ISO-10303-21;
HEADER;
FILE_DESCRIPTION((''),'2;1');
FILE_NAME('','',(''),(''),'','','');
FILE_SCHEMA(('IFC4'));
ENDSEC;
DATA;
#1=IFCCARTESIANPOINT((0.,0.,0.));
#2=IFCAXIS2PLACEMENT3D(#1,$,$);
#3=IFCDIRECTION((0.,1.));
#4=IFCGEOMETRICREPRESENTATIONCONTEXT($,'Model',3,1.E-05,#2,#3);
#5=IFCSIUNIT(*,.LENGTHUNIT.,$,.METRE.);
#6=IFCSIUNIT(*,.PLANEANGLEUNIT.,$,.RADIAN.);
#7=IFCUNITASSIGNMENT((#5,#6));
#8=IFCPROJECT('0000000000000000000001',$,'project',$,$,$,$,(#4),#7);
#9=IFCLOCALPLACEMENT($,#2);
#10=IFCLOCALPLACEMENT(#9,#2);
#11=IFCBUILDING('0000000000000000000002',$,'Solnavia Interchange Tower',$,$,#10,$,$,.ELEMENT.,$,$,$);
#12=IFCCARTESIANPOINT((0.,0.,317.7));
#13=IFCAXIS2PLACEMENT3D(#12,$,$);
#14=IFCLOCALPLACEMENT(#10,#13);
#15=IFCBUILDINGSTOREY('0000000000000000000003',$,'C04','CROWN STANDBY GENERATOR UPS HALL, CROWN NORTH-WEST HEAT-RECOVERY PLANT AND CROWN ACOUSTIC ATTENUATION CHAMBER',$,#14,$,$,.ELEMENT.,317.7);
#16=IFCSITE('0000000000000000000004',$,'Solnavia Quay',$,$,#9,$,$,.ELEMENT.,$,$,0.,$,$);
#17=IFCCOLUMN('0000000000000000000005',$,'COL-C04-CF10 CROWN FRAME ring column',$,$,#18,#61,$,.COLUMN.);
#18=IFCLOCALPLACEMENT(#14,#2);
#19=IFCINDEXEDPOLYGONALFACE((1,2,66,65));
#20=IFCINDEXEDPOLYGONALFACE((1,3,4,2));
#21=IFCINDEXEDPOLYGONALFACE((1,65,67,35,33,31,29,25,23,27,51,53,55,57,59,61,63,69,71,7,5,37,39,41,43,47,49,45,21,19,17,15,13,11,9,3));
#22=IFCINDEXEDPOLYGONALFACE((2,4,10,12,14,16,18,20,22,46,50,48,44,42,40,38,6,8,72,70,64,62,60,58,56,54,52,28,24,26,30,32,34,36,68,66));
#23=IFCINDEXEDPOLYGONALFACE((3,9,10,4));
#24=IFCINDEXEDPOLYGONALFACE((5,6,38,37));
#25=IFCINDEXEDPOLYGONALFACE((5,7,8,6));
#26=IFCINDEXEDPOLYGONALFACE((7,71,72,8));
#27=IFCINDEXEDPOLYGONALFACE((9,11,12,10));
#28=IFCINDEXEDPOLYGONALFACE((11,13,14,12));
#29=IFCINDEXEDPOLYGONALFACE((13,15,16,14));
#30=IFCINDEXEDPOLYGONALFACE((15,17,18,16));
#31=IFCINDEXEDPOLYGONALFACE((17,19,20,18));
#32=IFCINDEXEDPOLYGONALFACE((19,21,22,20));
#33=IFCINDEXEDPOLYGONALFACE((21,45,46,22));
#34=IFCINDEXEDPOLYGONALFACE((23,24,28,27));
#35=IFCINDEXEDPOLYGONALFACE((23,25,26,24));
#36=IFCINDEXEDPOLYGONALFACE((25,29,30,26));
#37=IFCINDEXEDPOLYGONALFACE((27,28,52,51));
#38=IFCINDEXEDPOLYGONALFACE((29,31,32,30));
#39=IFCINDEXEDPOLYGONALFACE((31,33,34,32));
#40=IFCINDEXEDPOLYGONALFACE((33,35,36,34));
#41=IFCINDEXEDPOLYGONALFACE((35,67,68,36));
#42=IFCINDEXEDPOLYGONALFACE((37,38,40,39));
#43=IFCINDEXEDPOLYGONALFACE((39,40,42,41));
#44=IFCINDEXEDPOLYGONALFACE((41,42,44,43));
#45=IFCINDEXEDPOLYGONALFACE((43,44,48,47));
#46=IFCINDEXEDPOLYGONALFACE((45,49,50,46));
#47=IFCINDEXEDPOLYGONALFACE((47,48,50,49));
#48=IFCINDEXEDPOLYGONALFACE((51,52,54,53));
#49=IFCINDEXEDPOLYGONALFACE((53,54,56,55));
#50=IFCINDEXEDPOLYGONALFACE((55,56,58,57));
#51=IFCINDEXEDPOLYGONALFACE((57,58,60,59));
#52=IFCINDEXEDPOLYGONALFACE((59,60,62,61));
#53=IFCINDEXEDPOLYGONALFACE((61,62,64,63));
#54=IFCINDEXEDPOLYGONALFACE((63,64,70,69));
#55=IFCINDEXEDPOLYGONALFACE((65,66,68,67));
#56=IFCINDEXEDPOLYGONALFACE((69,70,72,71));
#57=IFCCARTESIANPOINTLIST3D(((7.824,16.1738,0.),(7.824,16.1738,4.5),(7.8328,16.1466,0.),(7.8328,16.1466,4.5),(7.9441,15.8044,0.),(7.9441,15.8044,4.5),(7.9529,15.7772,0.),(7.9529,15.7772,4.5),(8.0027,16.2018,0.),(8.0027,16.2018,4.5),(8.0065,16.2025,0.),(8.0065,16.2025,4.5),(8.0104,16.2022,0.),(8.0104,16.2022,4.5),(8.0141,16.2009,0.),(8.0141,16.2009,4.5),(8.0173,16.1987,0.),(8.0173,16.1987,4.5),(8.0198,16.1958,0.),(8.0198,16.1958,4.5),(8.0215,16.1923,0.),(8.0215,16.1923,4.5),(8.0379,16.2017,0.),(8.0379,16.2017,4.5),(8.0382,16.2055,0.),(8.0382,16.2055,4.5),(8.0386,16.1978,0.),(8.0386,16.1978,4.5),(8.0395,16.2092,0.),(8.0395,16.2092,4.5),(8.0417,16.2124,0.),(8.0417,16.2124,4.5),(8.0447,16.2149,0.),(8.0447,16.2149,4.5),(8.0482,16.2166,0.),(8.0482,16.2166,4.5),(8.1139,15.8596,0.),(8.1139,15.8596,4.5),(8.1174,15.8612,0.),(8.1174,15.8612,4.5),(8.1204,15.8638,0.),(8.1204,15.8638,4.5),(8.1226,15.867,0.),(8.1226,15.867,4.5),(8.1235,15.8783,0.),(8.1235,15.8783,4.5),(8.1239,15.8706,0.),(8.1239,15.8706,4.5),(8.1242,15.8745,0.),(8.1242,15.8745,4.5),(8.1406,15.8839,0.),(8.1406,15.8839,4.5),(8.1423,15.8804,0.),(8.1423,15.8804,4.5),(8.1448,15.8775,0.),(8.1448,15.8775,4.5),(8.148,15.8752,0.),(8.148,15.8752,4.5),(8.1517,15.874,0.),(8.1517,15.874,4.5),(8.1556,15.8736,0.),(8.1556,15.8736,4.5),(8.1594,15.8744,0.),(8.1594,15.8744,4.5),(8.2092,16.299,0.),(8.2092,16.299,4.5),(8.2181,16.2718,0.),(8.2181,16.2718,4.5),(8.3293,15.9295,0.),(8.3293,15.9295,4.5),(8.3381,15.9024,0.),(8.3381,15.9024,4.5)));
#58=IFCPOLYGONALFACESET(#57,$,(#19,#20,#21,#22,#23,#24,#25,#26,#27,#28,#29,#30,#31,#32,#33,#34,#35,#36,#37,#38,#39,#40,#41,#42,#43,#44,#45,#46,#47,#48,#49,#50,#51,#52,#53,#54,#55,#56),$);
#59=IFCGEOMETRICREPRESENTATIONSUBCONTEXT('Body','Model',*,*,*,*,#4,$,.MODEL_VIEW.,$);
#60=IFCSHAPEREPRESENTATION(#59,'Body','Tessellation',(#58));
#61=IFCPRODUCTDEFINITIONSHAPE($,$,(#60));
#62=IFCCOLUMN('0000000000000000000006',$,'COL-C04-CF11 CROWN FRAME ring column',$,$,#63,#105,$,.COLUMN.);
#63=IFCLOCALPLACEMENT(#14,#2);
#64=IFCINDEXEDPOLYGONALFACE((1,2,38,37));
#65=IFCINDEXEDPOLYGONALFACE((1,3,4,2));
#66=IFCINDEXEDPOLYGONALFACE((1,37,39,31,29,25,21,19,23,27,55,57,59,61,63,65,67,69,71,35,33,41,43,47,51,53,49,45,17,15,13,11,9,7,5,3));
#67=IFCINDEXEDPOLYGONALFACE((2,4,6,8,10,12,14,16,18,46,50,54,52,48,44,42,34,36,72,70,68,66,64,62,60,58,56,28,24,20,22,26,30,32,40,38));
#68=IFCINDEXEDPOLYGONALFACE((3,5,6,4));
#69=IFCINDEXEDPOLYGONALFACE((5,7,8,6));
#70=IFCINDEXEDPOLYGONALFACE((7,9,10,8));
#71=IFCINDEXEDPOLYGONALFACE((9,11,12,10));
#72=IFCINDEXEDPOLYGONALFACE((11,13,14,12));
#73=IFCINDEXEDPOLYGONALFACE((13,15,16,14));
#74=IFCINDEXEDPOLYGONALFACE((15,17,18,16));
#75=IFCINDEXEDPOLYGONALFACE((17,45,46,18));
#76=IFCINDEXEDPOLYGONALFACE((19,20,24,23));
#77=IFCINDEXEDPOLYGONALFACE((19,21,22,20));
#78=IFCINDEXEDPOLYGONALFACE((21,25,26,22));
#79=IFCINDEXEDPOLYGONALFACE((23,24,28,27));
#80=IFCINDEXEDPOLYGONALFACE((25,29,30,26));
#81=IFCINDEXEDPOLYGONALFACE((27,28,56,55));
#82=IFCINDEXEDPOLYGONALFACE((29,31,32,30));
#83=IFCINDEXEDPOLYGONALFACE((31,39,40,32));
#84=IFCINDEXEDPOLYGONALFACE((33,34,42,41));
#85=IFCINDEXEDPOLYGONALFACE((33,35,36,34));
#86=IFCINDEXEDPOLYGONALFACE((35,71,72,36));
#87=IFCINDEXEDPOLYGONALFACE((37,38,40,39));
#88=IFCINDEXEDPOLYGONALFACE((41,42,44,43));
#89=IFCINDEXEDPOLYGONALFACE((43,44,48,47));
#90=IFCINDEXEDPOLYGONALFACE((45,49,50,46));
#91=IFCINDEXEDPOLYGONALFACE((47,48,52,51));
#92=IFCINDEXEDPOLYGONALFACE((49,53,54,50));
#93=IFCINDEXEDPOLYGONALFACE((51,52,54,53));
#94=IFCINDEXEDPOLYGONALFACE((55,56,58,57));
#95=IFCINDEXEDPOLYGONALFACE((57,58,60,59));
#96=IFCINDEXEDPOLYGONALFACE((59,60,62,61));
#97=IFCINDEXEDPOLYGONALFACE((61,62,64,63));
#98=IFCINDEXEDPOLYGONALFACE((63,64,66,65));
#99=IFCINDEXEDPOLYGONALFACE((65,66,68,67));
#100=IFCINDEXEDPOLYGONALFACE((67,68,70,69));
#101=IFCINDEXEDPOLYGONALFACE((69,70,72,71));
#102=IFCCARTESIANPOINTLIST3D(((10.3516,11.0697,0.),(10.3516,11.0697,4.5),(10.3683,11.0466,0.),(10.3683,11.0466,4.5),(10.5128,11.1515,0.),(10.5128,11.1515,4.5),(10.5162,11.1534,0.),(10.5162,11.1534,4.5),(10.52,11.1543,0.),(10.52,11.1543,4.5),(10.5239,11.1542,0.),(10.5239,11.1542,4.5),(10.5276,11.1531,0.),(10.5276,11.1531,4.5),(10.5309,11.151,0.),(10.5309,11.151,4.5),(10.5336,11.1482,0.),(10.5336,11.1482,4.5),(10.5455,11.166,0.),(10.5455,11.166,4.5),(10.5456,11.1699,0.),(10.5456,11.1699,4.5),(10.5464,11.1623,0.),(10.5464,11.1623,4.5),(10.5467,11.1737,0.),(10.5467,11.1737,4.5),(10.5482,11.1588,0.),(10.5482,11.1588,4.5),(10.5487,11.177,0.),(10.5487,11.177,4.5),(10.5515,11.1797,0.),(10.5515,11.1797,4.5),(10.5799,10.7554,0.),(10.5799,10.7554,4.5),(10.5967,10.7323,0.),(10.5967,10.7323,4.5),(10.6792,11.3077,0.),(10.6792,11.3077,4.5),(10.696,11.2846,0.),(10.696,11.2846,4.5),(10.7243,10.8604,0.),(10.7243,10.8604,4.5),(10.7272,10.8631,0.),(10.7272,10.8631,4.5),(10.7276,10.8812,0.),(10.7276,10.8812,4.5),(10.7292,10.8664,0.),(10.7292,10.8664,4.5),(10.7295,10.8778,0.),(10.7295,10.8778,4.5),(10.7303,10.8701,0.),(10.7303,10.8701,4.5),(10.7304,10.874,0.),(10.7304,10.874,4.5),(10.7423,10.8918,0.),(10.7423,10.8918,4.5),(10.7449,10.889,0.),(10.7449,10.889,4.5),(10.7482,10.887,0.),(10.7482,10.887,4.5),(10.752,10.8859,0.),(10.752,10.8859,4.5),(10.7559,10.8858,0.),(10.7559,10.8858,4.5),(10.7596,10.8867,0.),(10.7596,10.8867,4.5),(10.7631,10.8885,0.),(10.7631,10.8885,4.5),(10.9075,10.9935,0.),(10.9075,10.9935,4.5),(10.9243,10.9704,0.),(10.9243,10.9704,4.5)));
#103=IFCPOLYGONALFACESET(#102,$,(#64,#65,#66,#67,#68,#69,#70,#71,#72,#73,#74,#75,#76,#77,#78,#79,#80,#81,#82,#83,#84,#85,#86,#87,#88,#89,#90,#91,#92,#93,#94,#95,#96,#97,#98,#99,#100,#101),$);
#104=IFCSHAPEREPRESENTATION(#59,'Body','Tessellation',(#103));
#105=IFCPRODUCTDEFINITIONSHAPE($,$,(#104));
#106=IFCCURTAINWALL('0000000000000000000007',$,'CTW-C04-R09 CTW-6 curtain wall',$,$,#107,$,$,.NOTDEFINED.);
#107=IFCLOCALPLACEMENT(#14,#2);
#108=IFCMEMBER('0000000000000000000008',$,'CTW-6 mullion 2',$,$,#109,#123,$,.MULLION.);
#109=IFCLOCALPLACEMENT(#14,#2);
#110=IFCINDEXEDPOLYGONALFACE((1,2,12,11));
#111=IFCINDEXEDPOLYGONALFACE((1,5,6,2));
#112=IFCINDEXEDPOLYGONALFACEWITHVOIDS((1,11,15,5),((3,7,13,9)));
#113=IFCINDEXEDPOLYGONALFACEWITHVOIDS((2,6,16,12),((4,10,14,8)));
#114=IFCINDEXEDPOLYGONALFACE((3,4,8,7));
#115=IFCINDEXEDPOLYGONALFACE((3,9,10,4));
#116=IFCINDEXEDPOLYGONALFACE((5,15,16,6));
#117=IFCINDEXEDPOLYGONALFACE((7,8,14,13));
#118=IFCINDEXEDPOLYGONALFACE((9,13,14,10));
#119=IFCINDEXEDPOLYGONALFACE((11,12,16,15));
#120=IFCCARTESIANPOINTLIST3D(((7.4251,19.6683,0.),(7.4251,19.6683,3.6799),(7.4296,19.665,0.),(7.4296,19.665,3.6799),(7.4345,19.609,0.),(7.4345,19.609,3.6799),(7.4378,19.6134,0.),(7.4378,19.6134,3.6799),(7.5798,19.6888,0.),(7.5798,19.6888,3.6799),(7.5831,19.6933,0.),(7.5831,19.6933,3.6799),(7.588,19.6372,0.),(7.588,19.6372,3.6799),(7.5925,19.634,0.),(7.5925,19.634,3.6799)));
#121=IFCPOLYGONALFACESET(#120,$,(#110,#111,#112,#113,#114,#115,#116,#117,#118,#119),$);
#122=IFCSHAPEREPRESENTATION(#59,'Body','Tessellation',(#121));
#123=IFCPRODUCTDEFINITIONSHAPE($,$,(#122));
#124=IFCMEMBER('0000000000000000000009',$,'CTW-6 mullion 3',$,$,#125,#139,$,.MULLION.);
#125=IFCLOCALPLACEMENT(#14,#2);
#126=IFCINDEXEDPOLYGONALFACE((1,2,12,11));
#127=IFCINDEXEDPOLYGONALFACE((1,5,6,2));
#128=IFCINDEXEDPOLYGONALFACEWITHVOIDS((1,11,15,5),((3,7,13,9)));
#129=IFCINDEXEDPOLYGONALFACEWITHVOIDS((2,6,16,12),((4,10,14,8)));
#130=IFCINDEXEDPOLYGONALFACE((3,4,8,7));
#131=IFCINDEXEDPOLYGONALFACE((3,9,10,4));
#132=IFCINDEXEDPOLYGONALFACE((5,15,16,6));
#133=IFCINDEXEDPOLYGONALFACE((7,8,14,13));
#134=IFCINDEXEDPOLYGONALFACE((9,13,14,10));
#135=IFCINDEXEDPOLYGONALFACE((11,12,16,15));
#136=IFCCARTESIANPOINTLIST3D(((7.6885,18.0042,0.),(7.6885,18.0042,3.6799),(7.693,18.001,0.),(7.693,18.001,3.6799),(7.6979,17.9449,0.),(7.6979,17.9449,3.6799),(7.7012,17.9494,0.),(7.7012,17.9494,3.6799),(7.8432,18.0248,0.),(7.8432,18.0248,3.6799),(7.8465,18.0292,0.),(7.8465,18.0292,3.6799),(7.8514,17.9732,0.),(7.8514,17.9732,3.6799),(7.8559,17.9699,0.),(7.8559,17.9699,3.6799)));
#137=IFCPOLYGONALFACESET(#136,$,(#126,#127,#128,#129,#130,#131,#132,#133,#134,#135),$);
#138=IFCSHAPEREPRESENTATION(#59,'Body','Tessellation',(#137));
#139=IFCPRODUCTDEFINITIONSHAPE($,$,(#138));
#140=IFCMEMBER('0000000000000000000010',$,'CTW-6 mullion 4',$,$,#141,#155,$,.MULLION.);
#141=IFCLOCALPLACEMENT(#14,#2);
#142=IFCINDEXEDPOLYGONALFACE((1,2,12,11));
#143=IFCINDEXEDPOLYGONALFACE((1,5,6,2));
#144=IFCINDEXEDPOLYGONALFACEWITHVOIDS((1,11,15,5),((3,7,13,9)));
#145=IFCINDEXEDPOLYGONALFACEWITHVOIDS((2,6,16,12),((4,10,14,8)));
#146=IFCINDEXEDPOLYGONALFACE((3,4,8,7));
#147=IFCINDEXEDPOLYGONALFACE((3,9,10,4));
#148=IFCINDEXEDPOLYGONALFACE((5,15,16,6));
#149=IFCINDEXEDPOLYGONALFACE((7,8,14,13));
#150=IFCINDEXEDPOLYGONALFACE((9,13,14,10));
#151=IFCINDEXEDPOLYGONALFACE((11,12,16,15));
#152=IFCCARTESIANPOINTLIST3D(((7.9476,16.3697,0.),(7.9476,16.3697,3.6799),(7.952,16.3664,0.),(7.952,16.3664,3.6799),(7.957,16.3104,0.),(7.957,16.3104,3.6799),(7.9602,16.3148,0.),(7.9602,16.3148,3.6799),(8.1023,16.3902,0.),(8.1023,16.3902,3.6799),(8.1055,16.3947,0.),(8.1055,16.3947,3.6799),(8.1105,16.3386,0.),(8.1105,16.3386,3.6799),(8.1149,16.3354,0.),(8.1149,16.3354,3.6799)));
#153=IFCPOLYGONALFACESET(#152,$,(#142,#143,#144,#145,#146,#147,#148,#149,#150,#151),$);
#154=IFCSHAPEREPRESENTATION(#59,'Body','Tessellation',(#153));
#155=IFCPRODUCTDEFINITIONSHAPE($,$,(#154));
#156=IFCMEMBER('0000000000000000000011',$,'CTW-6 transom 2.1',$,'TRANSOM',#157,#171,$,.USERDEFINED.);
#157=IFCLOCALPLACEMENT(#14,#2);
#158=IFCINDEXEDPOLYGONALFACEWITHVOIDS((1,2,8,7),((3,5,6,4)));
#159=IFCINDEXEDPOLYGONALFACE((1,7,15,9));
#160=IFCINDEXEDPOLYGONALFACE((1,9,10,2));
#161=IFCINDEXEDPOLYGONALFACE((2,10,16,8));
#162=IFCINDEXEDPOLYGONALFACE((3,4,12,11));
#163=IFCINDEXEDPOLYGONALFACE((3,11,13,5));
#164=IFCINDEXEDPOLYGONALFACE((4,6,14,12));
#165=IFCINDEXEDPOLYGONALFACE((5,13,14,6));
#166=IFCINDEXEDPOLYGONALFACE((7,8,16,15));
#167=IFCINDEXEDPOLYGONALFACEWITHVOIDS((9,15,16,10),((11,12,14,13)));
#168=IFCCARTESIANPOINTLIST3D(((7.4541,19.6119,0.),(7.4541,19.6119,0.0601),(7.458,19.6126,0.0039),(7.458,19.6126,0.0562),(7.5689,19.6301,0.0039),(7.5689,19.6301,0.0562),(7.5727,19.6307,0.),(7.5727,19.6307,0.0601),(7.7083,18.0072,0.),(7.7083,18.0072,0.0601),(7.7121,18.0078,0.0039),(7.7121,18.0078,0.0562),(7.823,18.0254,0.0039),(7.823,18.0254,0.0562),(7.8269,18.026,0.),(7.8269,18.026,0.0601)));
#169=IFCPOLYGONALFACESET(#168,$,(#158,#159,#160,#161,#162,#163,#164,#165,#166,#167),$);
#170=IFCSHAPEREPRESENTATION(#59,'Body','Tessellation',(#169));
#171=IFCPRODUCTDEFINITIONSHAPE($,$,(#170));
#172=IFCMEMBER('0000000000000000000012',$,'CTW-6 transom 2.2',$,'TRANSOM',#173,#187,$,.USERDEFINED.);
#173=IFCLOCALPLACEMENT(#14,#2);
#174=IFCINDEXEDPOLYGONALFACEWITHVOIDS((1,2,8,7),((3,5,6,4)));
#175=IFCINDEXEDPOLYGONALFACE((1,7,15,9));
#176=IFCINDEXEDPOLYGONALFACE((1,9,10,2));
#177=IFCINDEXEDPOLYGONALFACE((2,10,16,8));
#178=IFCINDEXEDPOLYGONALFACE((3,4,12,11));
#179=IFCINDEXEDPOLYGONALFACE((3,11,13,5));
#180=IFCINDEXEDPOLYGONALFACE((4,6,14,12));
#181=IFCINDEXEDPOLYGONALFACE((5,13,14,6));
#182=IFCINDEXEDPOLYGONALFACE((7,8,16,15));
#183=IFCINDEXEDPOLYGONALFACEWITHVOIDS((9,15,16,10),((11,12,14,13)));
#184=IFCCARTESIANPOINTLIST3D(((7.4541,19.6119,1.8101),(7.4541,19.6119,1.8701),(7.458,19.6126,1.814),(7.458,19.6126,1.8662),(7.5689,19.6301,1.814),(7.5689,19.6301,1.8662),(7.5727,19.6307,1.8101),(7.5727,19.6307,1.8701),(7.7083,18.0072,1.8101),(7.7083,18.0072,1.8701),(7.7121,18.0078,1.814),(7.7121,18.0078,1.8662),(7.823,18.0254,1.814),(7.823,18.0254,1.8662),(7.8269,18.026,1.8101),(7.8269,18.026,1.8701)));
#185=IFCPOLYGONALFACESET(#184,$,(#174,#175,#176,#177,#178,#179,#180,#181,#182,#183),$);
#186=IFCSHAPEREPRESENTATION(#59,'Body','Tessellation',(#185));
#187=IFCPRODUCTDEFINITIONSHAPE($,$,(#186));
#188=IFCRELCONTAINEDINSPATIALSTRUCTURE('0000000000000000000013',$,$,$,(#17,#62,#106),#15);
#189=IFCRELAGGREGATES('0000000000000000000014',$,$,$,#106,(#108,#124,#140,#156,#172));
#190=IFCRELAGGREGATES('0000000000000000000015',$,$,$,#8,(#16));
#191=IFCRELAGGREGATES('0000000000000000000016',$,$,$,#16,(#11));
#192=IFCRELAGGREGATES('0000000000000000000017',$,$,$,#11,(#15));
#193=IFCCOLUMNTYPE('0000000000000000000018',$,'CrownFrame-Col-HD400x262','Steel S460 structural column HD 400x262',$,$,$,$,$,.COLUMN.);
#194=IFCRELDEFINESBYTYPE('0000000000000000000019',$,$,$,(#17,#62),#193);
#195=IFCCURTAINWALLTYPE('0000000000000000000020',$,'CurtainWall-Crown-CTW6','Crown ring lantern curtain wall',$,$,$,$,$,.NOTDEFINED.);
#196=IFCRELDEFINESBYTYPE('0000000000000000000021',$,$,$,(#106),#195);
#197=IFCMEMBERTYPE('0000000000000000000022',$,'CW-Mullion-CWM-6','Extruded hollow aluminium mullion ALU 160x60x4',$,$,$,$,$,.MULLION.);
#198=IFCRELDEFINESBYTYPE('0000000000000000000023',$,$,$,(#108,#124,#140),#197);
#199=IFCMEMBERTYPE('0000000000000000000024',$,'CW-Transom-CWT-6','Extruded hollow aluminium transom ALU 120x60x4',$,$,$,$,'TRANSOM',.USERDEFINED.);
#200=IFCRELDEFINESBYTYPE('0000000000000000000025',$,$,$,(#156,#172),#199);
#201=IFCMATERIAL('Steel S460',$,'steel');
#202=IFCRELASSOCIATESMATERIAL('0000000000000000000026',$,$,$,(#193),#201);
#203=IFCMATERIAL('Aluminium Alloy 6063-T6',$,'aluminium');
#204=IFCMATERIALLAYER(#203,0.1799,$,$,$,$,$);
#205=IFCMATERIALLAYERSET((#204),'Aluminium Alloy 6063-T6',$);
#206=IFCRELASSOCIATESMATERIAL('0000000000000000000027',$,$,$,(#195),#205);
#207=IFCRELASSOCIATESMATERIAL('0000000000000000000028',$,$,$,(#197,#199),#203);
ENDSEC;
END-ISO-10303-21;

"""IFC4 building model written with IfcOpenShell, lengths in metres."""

from ifc_helpers import new_model, si_unit, direction, frame, origin, origin_2d, place, context, subcontext, project, spatial, hollow_rectangle, i_section, extrude, material, layer, layer_set, material_profile, profile_set, type_object, element, aggregate, save


model = new_model("IFC4")

# Units and contexts
model_context = context("Model", 3, precision=1e-05, world=origin(), true_north=direction((0.0, 1.0)))
body_context = subcontext(model_context, "Body", "Model", "MODEL_VIEW")
ifc_project = project(units=[si_unit("LENGTHUNIT", "METRE"), si_unit("PLANEANGLEUNIT", "RADIAN")], contexts=[model_context])

# Site, building, storey
site_placement = place(None, origin())
site = spatial("IfcSite", under=ifc_project, at=site_placement, Name="Solnavia Quay", CompositionType="ELEMENT", RefElevation=0.0)
building_placement = place(site_placement, origin())
building = spatial("IfcBuilding", under=site, at=building_placement, Name="Solnavia Interchange Tower", CompositionType="ELEMENT")
storey_placement = place(building_placement, frame((0.0, 0.0, 317.7)))
storey = spatial("IfcBuildingStorey", under=building, at=storey_placement, Name="C04", Description="CROWN STANDBY GENERATOR UPS HALL, CROWN NORTH-WEST HEAT-RECOVERY PLANT AND CROWN ACOUSTIC ATTENUATION CHAMBER", CompositionType="ELEMENT", Elevation=317.7)

# Columns
ifc_material_1 = material(Name="Steel S460", Category="steel")
ifc_material_profile_1 = material_profile(ifc_material_1, i_section(OverallWidth=0.405, OverallDepth=0.417, WebThickness=0.0181, FlangeThickness=0.0286, FilletRadius=0.0149, at=origin_2d()), Name="HD 400x262")
ifc_profile_set_1 = profile_set([ifc_material_profile_1], Name="Steel S460")
column_type = type_object("IfcColumnType", Name="CrownFrame-Col-HD400x262", Description="Steel S460 structural column HD 400x262", PredefinedType="COLUMN", material=ifc_profile_set_1)
for number, where, z_axis, x_axis, name in (
    (1, (8.0811, 16.0381, 0.0), (0.0, 0.0, 1.0), (-0.951057, -0.309017, 0.0), "COL-C04-CF10 CROWN FRAME ring column"),
    (2, (10.6379, 11.02, 0.0), (0.0, 0.0, 1.0), (-0.809017, -0.587785, 0.0), "COL-C04-CF11 CROWN FRAME ring column"),
):
    element("IfcColumn", number, at=place(storey_placement, frame(where, z_axis=z_axis, x_axis=x_axis)), inside=storey, type_object=column_type, Name=name, PredefinedType="COLUMN", context=body_context, shape_type="SweptSolid", body=[
        extrude(i_section(OverallWidth=0.405, OverallDepth=0.417, WebThickness=0.0181, FlangeThickness=0.0286, FilletRadius=0.0149, at=origin_2d()), origin(), (0.0, 0.0, 1.0), 4.5),
    ])

# Curtain wall, members
ifc_material_2 = material(Name="Aluminium Alloy 6063-T6", Category="aluminium")
ifc_layer_1 = layer(ifc_material_2, 0.1799)
ifc_layer_set_1 = layer_set([ifc_layer_1], Name="Aluminium Alloy 6063-T6")
curtain_wall_type = type_object("IfcCurtainWallType", Name="CurtainWall-Crown-CTW6", Description="Crown ring lantern curtain wall", PredefinedType="NOTDEFINED", material=ifc_layer_set_1)
curtain_wall_placement = place(storey_placement, origin())
curtain_wall = element("IfcCurtainWall", 3, at=curtain_wall_placement, inside=storey, type_object=curtain_wall_type, Name="CTW-C04-R09 CTW-6 curtain wall", PredefinedType="NOTDEFINED")
ifc_material_profile_2 = material_profile(ifc_material_2, hollow_rectangle(XDim=0.0601, YDim=0.1599, WallThickness=0.0039, at=origin_2d()), Name="ALU 160x60x4")
ifc_profile_set_2 = profile_set([ifc_material_profile_2], Name="Aluminium Alloy 6063-T6")
member_type_1 = type_object("IfcMemberType", Name="CW-Mullion-CWM-6", Description="Extruded hollow aluminium mullion ALU 160x60x4", PredefinedType="MULLION", material=ifc_profile_set_2)
member_1_placement = place(storey_placement, frame((7.5088, 19.6511, 0.0), z_axis=(0.0, 0.0, 1.0), x_axis=(0.156456, -0.987685, 0.0)))
member_1 = element("IfcMember", 4, at=member_1_placement, type_object=member_type_1, Name="CTW-6 mullion 2", PredefinedType="MULLION", context=body_context, shape_type="SweptSolid", body=[
    extrude(hollow_rectangle(XDim=0.0601, YDim=0.1599, WallThickness=0.0039, at=origin_2d()), origin(), (0.0, 0.0, 1.0), 3.6799),
])
member_2_placement = place(storey_placement, frame((7.7722, 17.9871, 0.0), z_axis=(0.0, 0.0, 1.0), x_axis=(0.156456, -0.987685, 0.0)))
member_2 = element("IfcMember", 5, at=member_2_placement, type_object=member_type_1, Name="CTW-6 mullion 3", PredefinedType="MULLION", context=body_context, shape_type="SweptSolid", body=[
    extrude(hollow_rectangle(XDim=0.0601, YDim=0.1599, WallThickness=0.0039, at=origin_2d()), origin(), (0.0, 0.0, 1.0), 3.6799),
])
member_3_placement = place(storey_placement, frame((8.0312, 16.3525, 0.0), z_axis=(0.0, 0.0, 1.0), x_axis=(0.156456, -0.987685, 0.0)))
member_3 = element("IfcMember", 6, at=member_3_placement, type_object=member_type_1, Name="CTW-6 mullion 4", PredefinedType="MULLION", context=body_context, shape_type="SweptSolid", body=[
    extrude(hollow_rectangle(XDim=0.0601, YDim=0.1599, WallThickness=0.0039, at=origin_2d()), origin(), (0.0, 0.0, 1.0), 3.6799),
])
ifc_material_profile_3 = material_profile(ifc_material_2, hollow_rectangle(XDim=0.0601, YDim=0.1201, WallThickness=0.0039, at=origin_2d()), Name="ALU 120x60x4")
ifc_profile_set_3 = profile_set([ifc_material_profile_3], Name="Aluminium Alloy 6063-T6")
member_type_2 = type_object("IfcMemberType", Name="CW-Transom-CWT-6", Description="Extruded hollow aluminium transom ALU 120x60x4", ElementType="TRANSOM", PredefinedType="USERDEFINED", material=ifc_profile_set_3)
member_4_placement = place(storey_placement, frame((7.5134, 19.6213, 0.03), z_axis=(0.156426, -0.98769, 0.0), x_axis=(0.0, 0.0, 1.0)))
member_4 = element("IfcMember", 7, at=member_4_placement, type_object=member_type_2, Name="CTW-6 transom 2.1", ObjectType="TRANSOM", PredefinedType="USERDEFINED", context=body_context, shape_type="SweptSolid", body=[
    extrude(hollow_rectangle(XDim=0.0601, YDim=0.1201, WallThickness=0.0039, at=origin_2d()), origin(), (0.0, 0.0, 1.0), 1.6248),
])
member_5_placement = place(storey_placement, frame((7.5134, 19.6213, 1.8401), z_axis=(0.156426, -0.98769, 0.0), x_axis=(0.0, 0.0, 1.0)))
member_5 = element("IfcMember", 8, at=member_5_placement, type_object=member_type_2, Name="CTW-6 transom 2.2", ObjectType="TRANSOM", PredefinedType="USERDEFINED", context=body_context, shape_type="SweptSolid", body=[
    extrude(hollow_rectangle(XDim=0.0601, YDim=0.1201, WallThickness=0.0039, at=origin_2d()), origin(), (0.0, 0.0, 1.0), 1.6248),
])

aggregate(curtain_wall, [member_1, member_2, member_3, member_4, member_5])

save(model, "model.ifc")
